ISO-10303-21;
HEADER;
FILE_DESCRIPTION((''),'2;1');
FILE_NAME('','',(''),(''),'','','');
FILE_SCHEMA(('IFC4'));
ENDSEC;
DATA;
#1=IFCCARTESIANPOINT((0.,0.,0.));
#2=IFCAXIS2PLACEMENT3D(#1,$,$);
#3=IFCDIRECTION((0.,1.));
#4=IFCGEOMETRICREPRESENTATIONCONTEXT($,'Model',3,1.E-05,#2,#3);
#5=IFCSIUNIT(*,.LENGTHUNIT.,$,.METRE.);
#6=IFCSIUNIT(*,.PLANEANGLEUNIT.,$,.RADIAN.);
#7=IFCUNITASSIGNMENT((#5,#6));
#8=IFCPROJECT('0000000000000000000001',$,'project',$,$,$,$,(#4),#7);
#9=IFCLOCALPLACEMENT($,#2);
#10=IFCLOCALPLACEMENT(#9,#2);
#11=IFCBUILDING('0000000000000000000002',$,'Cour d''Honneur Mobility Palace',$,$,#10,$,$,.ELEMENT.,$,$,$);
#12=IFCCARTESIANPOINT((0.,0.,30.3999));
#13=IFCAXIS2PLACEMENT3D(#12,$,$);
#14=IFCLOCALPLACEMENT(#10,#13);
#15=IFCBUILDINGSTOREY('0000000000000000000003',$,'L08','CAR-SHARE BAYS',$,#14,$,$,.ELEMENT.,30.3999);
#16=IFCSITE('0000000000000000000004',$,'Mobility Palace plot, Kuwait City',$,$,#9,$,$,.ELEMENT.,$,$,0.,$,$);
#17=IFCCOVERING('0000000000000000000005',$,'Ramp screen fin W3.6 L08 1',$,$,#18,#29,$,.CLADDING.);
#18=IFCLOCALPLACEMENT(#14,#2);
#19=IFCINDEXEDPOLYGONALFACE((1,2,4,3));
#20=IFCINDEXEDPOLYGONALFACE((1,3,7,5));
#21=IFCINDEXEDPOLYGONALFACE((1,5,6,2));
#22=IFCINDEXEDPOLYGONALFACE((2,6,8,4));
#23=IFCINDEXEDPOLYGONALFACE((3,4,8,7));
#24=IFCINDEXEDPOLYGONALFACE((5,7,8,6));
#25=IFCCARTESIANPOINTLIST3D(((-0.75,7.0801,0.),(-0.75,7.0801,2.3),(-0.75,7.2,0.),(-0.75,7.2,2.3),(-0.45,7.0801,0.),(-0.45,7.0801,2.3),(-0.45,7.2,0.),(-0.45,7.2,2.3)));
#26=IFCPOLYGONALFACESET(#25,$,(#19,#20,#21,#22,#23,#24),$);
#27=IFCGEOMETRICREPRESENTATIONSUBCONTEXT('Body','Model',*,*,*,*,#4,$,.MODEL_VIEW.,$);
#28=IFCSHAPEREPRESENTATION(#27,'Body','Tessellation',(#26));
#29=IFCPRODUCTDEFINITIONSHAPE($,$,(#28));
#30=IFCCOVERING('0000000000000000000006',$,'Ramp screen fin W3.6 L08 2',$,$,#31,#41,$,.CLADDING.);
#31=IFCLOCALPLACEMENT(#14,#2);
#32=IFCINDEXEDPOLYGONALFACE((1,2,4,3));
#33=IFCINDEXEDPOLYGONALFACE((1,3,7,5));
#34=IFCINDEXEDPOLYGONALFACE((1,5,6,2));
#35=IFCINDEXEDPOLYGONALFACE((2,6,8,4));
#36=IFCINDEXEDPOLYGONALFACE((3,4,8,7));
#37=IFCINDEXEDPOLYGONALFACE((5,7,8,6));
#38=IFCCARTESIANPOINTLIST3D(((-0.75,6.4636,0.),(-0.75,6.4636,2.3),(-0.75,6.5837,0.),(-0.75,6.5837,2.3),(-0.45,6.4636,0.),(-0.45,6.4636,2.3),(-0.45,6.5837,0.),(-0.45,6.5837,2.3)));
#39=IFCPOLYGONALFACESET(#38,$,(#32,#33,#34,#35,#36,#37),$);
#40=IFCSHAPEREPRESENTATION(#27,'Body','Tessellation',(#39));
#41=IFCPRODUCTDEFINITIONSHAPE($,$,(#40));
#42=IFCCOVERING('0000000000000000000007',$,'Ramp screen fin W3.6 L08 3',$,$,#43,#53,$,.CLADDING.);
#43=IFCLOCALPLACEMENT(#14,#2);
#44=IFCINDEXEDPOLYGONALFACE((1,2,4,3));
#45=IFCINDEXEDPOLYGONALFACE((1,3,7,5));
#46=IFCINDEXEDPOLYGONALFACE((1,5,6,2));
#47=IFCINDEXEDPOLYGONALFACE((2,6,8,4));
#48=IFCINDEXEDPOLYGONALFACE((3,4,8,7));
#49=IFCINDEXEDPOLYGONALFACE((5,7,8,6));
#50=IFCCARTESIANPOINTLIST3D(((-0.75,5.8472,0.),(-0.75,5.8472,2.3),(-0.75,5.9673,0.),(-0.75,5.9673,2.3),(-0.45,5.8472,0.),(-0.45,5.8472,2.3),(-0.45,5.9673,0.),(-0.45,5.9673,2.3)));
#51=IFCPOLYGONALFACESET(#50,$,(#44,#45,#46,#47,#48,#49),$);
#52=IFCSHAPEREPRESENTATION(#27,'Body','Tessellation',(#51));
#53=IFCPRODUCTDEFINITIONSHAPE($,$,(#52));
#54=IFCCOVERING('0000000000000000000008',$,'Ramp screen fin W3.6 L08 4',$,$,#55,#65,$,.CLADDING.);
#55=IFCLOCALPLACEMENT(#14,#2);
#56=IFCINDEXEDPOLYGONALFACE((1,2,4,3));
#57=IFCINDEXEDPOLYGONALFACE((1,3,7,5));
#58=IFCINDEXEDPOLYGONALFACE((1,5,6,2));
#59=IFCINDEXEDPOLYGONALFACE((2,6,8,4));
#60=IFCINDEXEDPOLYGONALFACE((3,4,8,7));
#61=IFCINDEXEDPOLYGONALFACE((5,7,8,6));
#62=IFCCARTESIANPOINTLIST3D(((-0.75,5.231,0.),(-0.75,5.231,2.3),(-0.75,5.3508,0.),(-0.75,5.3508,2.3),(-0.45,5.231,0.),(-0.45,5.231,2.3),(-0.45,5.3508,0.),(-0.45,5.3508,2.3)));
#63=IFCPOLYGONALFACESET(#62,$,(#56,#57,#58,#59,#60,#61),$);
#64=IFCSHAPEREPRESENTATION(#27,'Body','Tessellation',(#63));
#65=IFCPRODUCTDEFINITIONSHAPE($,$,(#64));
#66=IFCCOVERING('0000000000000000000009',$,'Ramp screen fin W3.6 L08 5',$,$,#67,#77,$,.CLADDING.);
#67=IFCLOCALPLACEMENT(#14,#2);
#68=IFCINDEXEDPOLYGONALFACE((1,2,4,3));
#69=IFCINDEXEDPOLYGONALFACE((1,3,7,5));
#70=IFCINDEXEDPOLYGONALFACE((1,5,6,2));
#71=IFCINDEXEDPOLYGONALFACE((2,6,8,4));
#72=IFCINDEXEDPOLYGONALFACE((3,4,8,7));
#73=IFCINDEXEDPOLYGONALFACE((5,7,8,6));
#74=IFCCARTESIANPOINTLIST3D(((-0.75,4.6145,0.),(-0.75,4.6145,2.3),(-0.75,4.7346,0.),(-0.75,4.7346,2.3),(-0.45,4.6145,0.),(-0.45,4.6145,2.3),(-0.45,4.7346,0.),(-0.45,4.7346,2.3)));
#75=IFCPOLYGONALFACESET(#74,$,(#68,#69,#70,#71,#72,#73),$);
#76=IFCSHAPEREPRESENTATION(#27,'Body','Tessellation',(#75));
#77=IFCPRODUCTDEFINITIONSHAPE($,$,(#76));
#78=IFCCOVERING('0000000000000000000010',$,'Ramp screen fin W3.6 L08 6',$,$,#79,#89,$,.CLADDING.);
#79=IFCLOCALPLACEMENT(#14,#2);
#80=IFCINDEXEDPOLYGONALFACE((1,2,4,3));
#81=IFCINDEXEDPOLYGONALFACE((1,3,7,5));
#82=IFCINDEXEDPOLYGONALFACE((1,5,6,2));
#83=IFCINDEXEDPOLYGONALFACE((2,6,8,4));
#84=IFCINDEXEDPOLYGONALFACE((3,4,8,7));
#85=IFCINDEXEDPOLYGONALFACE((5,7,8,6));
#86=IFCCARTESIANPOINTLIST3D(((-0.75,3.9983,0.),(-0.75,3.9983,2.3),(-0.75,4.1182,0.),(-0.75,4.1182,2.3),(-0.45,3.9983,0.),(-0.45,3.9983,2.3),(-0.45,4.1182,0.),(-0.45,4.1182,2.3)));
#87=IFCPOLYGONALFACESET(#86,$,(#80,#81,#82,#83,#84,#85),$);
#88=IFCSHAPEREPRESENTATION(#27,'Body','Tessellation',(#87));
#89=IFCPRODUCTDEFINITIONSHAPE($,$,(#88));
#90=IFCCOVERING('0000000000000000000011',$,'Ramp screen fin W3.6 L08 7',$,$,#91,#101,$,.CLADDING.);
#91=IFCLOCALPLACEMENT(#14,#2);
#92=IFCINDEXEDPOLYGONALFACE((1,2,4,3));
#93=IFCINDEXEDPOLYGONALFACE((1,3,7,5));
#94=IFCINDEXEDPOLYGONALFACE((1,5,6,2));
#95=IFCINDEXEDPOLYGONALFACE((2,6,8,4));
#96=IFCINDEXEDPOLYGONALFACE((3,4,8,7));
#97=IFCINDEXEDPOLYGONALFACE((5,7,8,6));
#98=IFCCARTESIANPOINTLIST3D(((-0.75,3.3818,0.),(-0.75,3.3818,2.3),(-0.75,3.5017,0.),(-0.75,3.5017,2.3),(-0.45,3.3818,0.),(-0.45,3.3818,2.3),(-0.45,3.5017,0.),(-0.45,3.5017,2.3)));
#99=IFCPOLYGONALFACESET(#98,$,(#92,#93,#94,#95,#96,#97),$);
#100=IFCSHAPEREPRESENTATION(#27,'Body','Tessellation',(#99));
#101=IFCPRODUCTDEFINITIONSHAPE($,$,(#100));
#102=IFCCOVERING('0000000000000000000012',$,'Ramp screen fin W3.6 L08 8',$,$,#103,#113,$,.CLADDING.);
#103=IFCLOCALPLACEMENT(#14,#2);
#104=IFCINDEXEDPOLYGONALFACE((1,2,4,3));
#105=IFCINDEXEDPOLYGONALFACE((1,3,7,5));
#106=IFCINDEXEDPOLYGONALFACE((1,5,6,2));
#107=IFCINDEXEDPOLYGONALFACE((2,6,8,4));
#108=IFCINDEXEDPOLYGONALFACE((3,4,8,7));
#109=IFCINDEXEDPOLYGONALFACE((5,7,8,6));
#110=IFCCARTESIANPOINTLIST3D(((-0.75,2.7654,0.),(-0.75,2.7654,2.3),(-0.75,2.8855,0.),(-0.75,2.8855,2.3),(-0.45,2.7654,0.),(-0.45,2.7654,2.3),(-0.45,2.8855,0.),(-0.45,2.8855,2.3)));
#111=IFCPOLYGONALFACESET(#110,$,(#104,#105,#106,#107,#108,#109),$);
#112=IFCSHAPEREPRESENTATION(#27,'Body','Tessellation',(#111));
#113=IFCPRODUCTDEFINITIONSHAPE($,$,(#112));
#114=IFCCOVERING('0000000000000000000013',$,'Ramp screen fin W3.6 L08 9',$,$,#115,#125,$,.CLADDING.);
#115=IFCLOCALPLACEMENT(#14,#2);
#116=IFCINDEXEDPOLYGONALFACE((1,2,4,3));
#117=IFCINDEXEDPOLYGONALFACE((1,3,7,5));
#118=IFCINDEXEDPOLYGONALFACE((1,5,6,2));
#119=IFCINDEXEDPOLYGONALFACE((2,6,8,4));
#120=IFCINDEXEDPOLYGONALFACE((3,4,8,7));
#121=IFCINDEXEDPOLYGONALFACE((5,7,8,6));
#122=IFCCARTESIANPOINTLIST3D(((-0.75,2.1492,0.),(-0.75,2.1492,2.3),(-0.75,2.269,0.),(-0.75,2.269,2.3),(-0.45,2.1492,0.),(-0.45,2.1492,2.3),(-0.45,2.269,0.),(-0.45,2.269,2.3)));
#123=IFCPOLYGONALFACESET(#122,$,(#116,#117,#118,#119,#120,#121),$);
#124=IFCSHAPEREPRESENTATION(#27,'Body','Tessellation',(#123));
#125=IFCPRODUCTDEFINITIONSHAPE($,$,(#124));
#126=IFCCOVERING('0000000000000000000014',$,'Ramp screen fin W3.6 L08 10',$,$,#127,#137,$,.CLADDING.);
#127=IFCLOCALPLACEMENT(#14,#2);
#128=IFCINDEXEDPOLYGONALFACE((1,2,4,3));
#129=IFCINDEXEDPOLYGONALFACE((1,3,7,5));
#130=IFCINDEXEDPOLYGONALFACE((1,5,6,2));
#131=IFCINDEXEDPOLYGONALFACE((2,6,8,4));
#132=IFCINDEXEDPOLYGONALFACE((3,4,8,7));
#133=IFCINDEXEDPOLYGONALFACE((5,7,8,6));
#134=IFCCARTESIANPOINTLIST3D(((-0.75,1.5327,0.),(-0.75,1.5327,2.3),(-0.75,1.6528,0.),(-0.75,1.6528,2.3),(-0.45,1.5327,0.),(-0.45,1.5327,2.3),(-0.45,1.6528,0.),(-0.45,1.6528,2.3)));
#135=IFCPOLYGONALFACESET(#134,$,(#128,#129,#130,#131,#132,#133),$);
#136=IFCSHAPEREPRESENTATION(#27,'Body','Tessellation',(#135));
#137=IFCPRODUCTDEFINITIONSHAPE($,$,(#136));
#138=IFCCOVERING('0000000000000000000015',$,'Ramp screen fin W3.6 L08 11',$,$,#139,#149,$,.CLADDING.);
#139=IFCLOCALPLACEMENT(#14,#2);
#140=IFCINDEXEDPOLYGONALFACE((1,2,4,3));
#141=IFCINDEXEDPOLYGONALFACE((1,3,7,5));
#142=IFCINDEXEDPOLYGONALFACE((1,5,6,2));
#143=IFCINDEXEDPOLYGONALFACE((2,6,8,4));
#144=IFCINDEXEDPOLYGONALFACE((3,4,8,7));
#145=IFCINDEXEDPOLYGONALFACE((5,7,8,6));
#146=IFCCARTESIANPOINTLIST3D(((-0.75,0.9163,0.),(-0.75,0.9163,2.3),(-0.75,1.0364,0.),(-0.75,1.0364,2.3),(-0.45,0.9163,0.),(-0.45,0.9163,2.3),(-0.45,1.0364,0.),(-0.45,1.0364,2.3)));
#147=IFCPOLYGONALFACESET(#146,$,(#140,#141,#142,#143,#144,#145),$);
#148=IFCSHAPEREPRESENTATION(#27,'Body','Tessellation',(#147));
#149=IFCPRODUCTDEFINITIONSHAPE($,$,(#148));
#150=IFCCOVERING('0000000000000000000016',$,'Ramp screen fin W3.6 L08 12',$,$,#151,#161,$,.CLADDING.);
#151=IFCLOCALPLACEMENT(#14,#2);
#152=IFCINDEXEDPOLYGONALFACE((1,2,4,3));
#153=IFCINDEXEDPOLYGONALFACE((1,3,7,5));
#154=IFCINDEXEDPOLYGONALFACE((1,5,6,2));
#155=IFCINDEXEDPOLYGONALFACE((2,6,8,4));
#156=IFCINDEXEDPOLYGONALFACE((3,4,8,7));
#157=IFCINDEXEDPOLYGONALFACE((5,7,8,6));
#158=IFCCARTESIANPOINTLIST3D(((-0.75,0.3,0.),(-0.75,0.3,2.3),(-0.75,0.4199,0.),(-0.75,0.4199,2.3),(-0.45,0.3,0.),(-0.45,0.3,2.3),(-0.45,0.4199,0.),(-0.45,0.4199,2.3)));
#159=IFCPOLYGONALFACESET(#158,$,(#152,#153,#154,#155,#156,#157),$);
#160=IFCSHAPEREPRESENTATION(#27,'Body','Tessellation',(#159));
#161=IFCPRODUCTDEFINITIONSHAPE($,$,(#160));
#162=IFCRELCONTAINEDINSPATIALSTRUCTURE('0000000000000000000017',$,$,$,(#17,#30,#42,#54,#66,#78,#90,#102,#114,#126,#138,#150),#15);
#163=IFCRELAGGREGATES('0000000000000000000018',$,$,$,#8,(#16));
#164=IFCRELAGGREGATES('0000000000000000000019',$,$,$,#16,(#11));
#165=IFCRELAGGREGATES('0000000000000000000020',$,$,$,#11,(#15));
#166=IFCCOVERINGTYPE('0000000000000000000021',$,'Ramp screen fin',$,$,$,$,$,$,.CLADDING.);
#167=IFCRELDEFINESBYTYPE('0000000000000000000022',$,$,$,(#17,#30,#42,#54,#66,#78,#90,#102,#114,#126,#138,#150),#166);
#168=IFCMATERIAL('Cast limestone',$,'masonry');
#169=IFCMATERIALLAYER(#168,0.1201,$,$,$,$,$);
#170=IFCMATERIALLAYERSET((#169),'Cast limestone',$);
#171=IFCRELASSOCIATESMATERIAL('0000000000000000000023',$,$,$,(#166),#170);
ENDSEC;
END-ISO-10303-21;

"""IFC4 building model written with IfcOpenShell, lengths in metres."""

from ifc_helpers import new_model, si_unit, direction, frame, origin, place, context, subcontext, project, spatial, polyline, outline, extrude, material, layer, layer_set, type_object, element, save


model = new_model("IFC4")

# Units and contexts
model_context = context("Model", 3, precision=1e-05, world=origin(), true_north=direction((0.0, 1.0)))
body_context = subcontext(model_context, "Body", "Model", "MODEL_VIEW")
ifc_project = project(units=[si_unit("LENGTHUNIT", "METRE"), si_unit("PLANEANGLEUNIT", "RADIAN")], contexts=[model_context])

# Site, building, storey
site_placement = place(None, origin())
site = spatial("IfcSite", under=ifc_project, at=site_placement, Name="Mobility Palace plot, Kuwait City", CompositionType="ELEMENT", RefElevation=0.0)
building_placement = place(site_placement, origin())
building = spatial("IfcBuilding", under=site, at=building_placement, Name="Cour d'Honneur Mobility Palace", CompositionType="ELEMENT")
storey_placement = place(building_placement, frame((0.0, 0.0, 30.3999)))
storey = spatial("IfcBuildingStorey", under=building, at=storey_placement, Name="L08", Description="CAR-SHARE BAYS", CompositionType="ELEMENT", Elevation=30.3999)

# Coverings
ifc_material_1 = material(Name="Cast limestone", Category="masonry")
ifc_layer_1 = layer(ifc_material_1, 0.1201)
ifc_layer_set_1 = layer_set([ifc_layer_1], Name="Cast limestone")
covering_type_1 = type_object("IfcCoveringType", Name="Ramp screen fin", PredefinedType="CLADDING", material=ifc_layer_set_1)
covering_1_placement = place(storey_placement, origin())
element("IfcCovering", 1, at=covering_1_placement, inside=storey, type_object=covering_type_1, Name="Ramp screen fin W3.6 L08 1", PredefinedType="CLADDING", context=body_context, shape_type="SweptSolid", body=[
    extrude(outline(polyline([(-0.45, 7.2), (-0.45, 7.0801), (-0.75, 7.0801), (-0.75, 7.2), (-0.45, 7.2)])), origin(), (0.0, 0.0, 1.0), 2.3),
])
covering_2_placement = place(storey_placement, origin())
element("IfcCovering", 2, at=covering_2_placement, inside=storey, type_object=covering_type_1, Name="Ramp screen fin W3.6 L08 2", PredefinedType="CLADDING", context=body_context, shape_type="SweptSolid", body=[
    extrude(outline(polyline([(-0.45, 6.5837), (-0.45, 6.4636), (-0.75, 6.4636), (-0.75, 6.5837), (-0.45, 6.5837)])), origin(), (0.0, 0.0, 1.0), 2.3),
])
covering_3_placement = place(storey_placement, origin())
element("IfcCovering", 3, at=covering_3_placement, inside=storey, type_object=covering_type_1, Name="Ramp screen fin W3.6 L08 3", PredefinedType="CLADDING", context=body_context, shape_type="SweptSolid", body=[
    extrude(outline(polyline([(-0.45, 5.9673), (-0.45, 5.8472), (-0.75, 5.8472), (-0.75, 5.9673), (-0.45, 5.9673)])), origin(), (0.0, 0.0, 1.0), 2.3),
])
covering_4_placement = place(storey_placement, origin())
element("IfcCovering", 4, at=covering_4_placement, inside=storey, type_object=covering_type_1, Name="Ramp screen fin W3.6 L08 4", PredefinedType="CLADDING", context=body_context, shape_type="SweptSolid", body=[
    extrude(outline(polyline([(-0.45, 5.3508), (-0.45, 5.231), (-0.75, 5.231), (-0.75, 5.3508), (-0.45, 5.3508)])), origin(), (0.0, 0.0, 1.0), 2.3),
])
covering_5_placement = place(storey_placement, origin())
element("IfcCovering", 5, at=covering_5_placement, inside=storey, type_object=covering_type_1, Name="Ramp screen fin W3.6 L08 5", PredefinedType="CLADDING", context=body_context, shape_type="SweptSolid", body=[
    extrude(outline(polyline([(-0.45, 4.7346), (-0.45, 4.6145), (-0.75, 4.6145), (-0.75, 4.7346), (-0.45, 4.7346)])), origin(), (0.0, 0.0, 1.0), 2.3),
])
covering_6_placement = place(storey_placement, origin())
element("IfcCovering", 6, at=covering_6_placement, inside=storey, type_object=covering_type_1, Name="Ramp screen fin W3.6 L08 6", PredefinedType="CLADDING", context=body_context, shape_type="SweptSolid", body=[
    extrude(outline(polyline([(-0.45, 4.1182), (-0.45, 3.9983), (-0.75, 3.9983), (-0.75, 4.1182), (-0.45, 4.1182)])), origin(), (0.0, 0.0, 1.0), 2.3),
])
covering_7_placement = place(storey_placement, origin())
element("IfcCovering", 7, at=covering_7_placement, inside=storey, type_object=covering_type_1, Name="Ramp screen fin W3.6 L08 7", PredefinedType="CLADDING", context=body_context, shape_type="SweptSolid", body=[
    extrude(outline(polyline([(-0.45, 3.5017), (-0.45, 3.3818), (-0.75, 3.3818), (-0.75, 3.5017), (-0.45, 3.5017)])), origin(), (0.0, 0.0, 1.0), 2.3),
])
covering_8_placement = place(storey_placement, origin())
element("IfcCovering", 8, at=covering_8_placement, inside=storey, type_object=covering_type_1, Name="Ramp screen fin W3.6 L08 8", PredefinedType="CLADDING", context=body_context, shape_type="SweptSolid", body=[
    extrude(outline(polyline([(-0.45, 2.8855), (-0.45, 2.7654), (-0.75, 2.7654), (-0.75, 2.8855), (-0.45, 2.8855)])), origin(), (0.0, 0.0, 1.0), 2.3),
])
covering_9_placement = place(storey_placement, origin())
element("IfcCovering", 9, at=covering_9_placement, inside=storey, type_object=covering_type_1, Name="Ramp screen fin W3.6 L08 9", PredefinedType="CLADDING", context=body_context, shape_type="SweptSolid", body=[
    extrude(outline(polyline([(-0.45, 2.269), (-0.45, 2.1492), (-0.75, 2.1492), (-0.75, 2.269), (-0.45, 2.269)])), origin(), (0.0, 0.0, 1.0), 2.3),
])
covering_10_placement = place(storey_placement, origin())
element("IfcCovering", 10, at=covering_10_placement, inside=storey, type_object=covering_type_1, Name="Ramp screen fin W3.6 L08 10", PredefinedType="CLADDING", context=body_context, shape_type="SweptSolid", body=[
    extrude(outline(polyline([(-0.45, 1.6528), (-0.45, 1.5327), (-0.75, 1.5327), (-0.75, 1.6528), (-0.45, 1.6528)])), origin(), (0.0, 0.0, 1.0), 2.3),
])
covering_11_placement = place(storey_placement, origin())
element("IfcCovering", 11, at=covering_11_placement, inside=storey, type_object=covering_type_1, Name="Ramp screen fin W3.6 L08 11", PredefinedType="CLADDING", context=body_context, shape_type="SweptSolid", body=[
    extrude(outline(polyline([(-0.45, 1.0364), (-0.45, 0.9163), (-0.75, 0.9163), (-0.75, 1.0364), (-0.45, 1.0364)])), origin(), (0.0, 0.0, 1.0), 2.3),
])
covering_12_placement = place(storey_placement, origin())
element("IfcCovering", 12, at=covering_12_placement, inside=storey, type_object=covering_type_1, Name="Ramp screen fin W3.6 L08 12", PredefinedType="CLADDING", context=body_context, shape_type="SweptSolid", body=[
    extrude(outline(polyline([(-0.45, 0.4199), (-0.45, 0.3), (-0.75, 0.3), (-0.75, 0.4199), (-0.45, 0.4199)])), origin(), (0.0, 0.0, 1.0), 2.3),
])

save(model, "model.ifc")
